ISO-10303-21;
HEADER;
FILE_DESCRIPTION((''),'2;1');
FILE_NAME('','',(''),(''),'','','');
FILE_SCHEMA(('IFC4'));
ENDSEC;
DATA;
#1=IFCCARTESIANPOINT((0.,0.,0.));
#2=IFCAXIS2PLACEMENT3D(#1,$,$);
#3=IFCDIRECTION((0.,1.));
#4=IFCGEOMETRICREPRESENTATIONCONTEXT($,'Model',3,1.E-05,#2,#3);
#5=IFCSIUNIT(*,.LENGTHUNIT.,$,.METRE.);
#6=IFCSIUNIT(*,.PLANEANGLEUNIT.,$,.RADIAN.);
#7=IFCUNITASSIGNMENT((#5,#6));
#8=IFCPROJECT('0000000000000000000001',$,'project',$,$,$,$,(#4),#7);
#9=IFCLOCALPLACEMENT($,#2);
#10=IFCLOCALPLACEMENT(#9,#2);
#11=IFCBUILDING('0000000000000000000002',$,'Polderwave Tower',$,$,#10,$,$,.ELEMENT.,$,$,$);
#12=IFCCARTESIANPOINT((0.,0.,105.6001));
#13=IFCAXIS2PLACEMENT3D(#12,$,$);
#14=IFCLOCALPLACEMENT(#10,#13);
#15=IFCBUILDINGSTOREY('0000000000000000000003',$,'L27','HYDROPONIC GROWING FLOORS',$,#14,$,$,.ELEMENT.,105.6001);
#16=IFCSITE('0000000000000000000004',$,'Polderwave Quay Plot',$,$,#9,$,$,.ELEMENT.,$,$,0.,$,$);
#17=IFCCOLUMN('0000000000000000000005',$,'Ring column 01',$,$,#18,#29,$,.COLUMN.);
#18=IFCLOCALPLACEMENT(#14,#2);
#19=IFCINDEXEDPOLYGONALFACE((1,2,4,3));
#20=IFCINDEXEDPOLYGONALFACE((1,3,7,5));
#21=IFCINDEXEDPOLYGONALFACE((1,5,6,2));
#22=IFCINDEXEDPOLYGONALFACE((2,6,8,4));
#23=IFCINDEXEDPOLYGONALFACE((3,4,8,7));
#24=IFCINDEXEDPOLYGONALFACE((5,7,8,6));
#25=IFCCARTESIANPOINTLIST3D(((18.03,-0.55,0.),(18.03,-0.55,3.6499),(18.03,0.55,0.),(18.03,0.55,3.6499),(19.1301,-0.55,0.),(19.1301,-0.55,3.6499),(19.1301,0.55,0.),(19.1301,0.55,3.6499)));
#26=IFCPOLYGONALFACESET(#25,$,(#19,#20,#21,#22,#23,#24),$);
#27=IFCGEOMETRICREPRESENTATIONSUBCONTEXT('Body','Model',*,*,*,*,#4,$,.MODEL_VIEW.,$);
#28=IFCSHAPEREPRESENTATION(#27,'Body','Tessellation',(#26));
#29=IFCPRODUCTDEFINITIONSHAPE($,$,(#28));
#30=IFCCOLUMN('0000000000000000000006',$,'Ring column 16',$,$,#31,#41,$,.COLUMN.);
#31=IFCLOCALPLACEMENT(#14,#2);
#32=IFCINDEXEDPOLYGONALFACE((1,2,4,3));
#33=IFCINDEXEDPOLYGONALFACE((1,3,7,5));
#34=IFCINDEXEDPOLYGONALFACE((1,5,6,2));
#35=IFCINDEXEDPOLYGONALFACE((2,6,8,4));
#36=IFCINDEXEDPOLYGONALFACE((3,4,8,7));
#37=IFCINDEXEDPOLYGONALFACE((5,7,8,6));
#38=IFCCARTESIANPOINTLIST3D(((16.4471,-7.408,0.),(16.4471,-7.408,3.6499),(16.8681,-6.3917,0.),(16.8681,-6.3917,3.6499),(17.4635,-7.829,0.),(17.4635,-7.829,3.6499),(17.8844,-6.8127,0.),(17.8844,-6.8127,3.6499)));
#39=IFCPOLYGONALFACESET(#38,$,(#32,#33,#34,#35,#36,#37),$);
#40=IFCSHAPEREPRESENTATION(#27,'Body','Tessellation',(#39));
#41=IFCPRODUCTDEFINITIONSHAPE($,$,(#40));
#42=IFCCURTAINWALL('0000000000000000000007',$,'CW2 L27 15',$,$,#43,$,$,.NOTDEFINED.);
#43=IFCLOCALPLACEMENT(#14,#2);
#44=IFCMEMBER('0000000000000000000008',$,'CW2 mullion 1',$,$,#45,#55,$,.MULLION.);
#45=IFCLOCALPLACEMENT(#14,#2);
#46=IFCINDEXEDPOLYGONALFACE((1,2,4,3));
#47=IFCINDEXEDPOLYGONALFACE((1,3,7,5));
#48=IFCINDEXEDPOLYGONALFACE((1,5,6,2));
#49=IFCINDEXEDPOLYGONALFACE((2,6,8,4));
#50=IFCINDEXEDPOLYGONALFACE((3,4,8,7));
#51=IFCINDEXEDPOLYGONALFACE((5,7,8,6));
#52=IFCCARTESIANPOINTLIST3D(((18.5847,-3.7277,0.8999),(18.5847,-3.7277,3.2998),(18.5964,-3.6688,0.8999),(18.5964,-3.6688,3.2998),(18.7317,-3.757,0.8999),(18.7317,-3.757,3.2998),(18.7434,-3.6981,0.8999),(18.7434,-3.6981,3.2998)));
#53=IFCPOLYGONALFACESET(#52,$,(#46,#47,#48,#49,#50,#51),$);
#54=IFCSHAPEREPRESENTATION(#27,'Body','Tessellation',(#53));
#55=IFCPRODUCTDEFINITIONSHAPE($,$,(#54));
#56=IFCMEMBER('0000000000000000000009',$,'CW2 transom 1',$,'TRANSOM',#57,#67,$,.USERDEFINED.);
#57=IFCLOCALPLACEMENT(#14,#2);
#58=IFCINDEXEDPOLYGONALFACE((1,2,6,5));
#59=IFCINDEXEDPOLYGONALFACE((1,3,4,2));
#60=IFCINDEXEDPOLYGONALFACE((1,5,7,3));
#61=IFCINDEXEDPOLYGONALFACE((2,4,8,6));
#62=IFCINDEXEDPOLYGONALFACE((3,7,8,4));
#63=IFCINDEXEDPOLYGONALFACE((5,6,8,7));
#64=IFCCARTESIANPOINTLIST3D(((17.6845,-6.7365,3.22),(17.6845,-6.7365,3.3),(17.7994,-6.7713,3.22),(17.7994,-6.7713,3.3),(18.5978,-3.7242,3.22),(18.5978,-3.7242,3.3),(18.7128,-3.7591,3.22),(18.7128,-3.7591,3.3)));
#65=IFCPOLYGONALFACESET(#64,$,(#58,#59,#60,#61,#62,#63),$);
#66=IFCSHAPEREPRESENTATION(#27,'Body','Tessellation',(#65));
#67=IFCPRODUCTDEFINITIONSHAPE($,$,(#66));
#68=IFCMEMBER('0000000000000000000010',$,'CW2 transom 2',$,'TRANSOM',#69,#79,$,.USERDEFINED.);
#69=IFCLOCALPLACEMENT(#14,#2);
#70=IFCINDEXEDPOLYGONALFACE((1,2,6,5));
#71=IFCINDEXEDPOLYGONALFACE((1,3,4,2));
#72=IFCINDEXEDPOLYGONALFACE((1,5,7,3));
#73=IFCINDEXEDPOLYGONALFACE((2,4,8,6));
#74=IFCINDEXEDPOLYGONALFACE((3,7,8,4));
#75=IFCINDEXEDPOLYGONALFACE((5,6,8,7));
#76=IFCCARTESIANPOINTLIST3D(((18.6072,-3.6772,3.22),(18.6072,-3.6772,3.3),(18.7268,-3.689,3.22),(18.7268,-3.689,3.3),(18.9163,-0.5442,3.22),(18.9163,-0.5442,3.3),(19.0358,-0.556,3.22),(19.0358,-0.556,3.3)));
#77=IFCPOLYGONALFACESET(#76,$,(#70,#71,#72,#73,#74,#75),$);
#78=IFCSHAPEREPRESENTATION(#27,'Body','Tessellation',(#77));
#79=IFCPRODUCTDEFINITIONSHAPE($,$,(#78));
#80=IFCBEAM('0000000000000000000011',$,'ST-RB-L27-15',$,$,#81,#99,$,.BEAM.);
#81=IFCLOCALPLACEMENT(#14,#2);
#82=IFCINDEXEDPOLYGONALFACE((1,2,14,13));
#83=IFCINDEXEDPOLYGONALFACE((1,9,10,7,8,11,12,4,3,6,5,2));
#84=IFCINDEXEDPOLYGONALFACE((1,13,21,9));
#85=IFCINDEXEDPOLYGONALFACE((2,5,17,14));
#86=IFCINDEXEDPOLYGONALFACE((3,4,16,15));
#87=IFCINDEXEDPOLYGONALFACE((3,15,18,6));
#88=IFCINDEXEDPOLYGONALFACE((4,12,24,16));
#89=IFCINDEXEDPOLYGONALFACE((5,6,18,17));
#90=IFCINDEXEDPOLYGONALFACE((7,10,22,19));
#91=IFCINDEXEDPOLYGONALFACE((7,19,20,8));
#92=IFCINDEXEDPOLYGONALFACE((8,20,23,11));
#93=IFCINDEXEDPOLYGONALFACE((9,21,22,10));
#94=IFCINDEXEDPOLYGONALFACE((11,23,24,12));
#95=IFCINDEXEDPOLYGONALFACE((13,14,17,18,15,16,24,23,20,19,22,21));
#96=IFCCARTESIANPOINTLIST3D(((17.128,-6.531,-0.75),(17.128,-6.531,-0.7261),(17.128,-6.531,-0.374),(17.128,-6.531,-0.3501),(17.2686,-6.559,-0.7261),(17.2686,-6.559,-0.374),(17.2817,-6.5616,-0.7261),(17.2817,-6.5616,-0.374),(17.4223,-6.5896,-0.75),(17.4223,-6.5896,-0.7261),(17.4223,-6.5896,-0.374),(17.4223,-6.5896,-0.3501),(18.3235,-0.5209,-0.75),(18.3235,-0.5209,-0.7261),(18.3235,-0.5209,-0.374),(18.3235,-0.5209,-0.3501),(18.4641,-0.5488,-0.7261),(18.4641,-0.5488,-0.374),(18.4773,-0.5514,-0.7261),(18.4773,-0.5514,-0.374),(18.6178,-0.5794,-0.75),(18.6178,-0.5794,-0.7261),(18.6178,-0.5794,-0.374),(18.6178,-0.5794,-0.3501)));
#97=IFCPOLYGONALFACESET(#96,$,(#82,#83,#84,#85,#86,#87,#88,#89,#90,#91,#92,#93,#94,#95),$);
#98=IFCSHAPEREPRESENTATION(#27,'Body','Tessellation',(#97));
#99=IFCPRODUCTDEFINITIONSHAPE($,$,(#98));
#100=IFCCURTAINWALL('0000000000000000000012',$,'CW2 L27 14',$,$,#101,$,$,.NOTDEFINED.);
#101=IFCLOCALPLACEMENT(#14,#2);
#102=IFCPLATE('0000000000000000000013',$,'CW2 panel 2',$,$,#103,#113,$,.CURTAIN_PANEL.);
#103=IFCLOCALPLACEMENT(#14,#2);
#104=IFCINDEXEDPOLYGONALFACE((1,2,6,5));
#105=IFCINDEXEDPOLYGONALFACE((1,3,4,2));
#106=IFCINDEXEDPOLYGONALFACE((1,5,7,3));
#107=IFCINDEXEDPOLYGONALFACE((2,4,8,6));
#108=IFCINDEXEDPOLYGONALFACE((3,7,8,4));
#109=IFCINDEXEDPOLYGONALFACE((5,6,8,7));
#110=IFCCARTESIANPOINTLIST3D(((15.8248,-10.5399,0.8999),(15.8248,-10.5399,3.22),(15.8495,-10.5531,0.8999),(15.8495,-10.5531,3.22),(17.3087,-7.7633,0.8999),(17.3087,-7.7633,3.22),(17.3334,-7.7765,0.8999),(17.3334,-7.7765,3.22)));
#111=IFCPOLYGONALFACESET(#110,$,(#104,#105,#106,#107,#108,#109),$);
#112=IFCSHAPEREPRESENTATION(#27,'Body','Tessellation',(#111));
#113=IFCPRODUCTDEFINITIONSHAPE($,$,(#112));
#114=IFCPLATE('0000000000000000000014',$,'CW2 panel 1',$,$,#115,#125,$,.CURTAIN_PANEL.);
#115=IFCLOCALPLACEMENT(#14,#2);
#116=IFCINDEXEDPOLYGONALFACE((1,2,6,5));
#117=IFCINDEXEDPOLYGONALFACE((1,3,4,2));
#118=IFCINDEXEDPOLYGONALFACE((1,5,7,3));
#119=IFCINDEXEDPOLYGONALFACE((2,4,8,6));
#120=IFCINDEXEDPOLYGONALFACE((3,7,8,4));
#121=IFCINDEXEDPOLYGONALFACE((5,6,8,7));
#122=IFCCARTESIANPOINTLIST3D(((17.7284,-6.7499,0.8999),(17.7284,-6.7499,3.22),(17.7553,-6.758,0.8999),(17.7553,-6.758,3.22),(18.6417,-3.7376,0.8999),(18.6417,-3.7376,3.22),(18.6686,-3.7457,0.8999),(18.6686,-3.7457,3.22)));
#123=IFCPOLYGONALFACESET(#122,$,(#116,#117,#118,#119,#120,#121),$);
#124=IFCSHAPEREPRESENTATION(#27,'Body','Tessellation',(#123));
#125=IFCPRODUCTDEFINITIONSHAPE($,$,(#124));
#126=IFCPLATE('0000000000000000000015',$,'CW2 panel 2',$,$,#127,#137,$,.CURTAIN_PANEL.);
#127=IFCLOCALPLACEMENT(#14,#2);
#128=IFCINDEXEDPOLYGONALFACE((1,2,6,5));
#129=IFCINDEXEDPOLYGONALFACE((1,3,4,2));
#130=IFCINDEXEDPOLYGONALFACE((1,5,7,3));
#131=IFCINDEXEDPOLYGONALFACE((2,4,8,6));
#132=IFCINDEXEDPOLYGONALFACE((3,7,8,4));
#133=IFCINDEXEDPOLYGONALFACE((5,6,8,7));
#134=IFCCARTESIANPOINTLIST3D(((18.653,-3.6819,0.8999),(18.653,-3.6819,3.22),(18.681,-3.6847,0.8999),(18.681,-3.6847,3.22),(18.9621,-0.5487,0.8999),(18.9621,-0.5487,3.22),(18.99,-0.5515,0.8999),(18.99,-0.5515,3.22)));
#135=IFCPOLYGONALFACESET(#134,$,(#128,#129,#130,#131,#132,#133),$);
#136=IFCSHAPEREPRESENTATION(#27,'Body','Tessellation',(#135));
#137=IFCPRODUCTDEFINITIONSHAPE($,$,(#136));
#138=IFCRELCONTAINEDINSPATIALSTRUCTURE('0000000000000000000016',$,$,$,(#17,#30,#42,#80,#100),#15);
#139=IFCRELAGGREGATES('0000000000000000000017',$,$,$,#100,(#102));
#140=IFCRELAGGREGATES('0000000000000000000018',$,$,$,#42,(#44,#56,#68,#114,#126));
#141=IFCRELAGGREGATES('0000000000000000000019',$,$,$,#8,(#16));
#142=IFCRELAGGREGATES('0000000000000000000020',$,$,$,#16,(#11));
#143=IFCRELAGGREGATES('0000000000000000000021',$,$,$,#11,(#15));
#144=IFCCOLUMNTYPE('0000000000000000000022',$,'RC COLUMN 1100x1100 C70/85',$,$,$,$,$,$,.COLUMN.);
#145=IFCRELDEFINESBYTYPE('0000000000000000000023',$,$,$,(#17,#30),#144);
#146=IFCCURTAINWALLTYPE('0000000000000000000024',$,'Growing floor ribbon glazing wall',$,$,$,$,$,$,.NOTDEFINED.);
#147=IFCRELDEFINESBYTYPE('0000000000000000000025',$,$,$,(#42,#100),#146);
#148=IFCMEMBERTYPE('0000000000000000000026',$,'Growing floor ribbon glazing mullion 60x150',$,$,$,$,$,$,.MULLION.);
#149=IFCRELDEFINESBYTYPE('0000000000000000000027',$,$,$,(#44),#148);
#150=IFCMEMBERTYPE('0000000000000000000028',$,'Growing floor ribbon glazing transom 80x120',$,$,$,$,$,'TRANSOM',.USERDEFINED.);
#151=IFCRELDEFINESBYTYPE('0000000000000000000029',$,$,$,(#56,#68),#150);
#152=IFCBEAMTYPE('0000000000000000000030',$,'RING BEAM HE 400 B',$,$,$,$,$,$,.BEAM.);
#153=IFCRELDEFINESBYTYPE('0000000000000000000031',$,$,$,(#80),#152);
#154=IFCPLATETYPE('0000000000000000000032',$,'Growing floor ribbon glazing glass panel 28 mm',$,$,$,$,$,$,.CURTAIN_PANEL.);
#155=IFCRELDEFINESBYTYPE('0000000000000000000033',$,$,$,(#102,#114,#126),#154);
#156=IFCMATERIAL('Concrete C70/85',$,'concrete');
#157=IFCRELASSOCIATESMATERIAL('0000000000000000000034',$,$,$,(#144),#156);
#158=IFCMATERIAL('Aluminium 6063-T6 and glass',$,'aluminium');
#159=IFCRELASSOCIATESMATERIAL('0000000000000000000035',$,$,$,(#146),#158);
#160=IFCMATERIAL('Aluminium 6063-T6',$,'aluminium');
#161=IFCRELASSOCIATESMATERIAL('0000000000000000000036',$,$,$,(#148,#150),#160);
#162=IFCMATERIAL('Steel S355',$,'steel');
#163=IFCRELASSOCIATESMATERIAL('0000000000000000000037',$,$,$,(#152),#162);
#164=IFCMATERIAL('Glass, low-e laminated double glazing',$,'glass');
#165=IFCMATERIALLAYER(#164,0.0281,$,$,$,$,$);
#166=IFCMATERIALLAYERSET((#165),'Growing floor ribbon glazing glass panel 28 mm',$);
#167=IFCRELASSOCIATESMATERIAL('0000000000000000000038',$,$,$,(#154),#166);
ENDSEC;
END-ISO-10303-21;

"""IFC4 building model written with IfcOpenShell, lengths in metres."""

from ifc_helpers import new_model, si_unit, direction, frame, origin, origin_2d, place, context, subcontext, project, spatial, rectangle, i_section, extrude, material, layer, layer_set, material_profile, profile_set, type_object, element, aggregate, save


model = new_model("IFC4")

# Units and contexts
model_context = context("Model", 3, precision=1e-05, world=origin(), true_north=direction((0.0, 1.0)))
body_context = subcontext(model_context, "Body", "Model", "MODEL_VIEW")
ifc_project = project(units=[si_unit("LENGTHUNIT", "METRE"), si_unit("PLANEANGLEUNIT", "RADIAN")], contexts=[model_context])

# Site, building, storey
site_placement = place(None, origin())
site = spatial("IfcSite", under=ifc_project, at=site_placement, Name="Polderwave Quay Plot", CompositionType="ELEMENT", RefElevation=0.0)
building_placement = place(site_placement, origin())
building = spatial("IfcBuilding", under=site, at=building_placement, Name="Polderwave Tower", CompositionType="ELEMENT")
storey_placement = place(building_placement, frame((0.0, 0.0, 105.6001)))
storey = spatial("IfcBuildingStorey", under=building, at=storey_placement, Name="L27", Description="HYDROPONIC GROWING FLOORS", CompositionType="ELEMENT", Elevation=105.6001)

# Columns
ifc_material_1 = material(Name="Concrete C70/85", Category="concrete")
ifc_material_profile_1 = material_profile(ifc_material_1, rectangle(XDim=1.1001, YDim=1.1001, at=origin_2d()), Name="RC 1100x1100")
ifc_profile_set_1 = profile_set([ifc_material_profile_1], Name="Concrete C70/85")
column_type = type_object("IfcColumnType", Name="RC COLUMN 1100x1100 C70/85", PredefinedType="COLUMN", material=ifc_profile_set_1)
for number, where, z_axis, x_axis, name in (
    (1, (18.5801, 0.0, 0.0), (0.0, 0.0, 1.0), (1.0, 0.0, 0.0), "Ring column 01"),
    (2, (17.1658, -7.1104, 0.0), (0.0, 0.0, 1.0), (0.92388, -0.382683, 0.0), "Ring column 16"),
):
    element("IfcColumn", number, at=place(storey_placement, frame(where, z_axis=z_axis, x_axis=x_axis)), inside=storey, type_object=column_type, Name=name, PredefinedType="COLUMN", context=body_context, shape_type="SweptSolid", body=[
        extrude(rectangle(XDim=1.1001, YDim=1.1001, at=origin_2d()), origin(), (0.0, 0.0, 1.0), 3.6499),
    ])

# Curtain wall, members
ifc_material_2 = material(Name="Aluminium 6063-T6 and glass", Category="aluminium")
curtain_wall_type = type_object("IfcCurtainWallType", Name="Growing floor ribbon glazing wall", PredefinedType="NOTDEFINED", material=ifc_material_2)
curtain_wall_1_placement = place(storey_placement, origin())
curtain_wall_1 = element("IfcCurtainWall", 3, at=curtain_wall_1_placement, inside=storey, type_object=curtain_wall_type, Name="CW2 L27 15", PredefinedType="NOTDEFINED")
ifc_material_3 = material(Name="Aluminium 6063-T6", Category="aluminium")
ifc_material_profile_2 = material_profile(ifc_material_3, rectangle(XDim=0.1499, YDim=0.0601, at=origin_2d()), Name="AL 60x150")
ifc_profile_set_2 = profile_set([ifc_material_profile_2], Name="Aluminium 6063-T6")
member_type_1 = type_object("IfcMemberType", Name="Growing floor ribbon glazing mullion 60x150", PredefinedType="MULLION", material=ifc_profile_set_2)
member_1_placement = place(storey_placement, frame((18.6641, -3.7129, 0.8999), z_axis=(0.0, 0.0, 1.0), x_axis=(-0.980785, 0.195092, 0.0)))
member_1 = element("IfcMember", 4, at=member_1_placement, type_object=member_type_1, Name="CW2 mullion 1", PredefinedType="MULLION", context=body_context, shape_type="SweptSolid", body=[
    extrude(rectangle(XDim=0.1499, YDim=0.0601, at=origin_2d()), origin(), (0.0, 0.0, 1.0), 2.3999),
])
ifc_material_profile_3 = material_profile(ifc_material_3, rectangle(XDim=0.1201, YDim=0.0801, at=origin_2d()), Name="AL 80x120")
ifc_profile_set_3 = profile_set([ifc_material_profile_3], Name="Aluminium 6063-T6")
member_type_2 = type_object("IfcMemberType", Name="Growing floor ribbon glazing transom 80x120", ElementType="TRANSOM", PredefinedType="USERDEFINED", material=ifc_profile_set_3)
member_2_placement = place(storey_placement, frame((17.7419, -6.7539, 3.26), z_axis=(0.290165, 0.956977, 0.0), x_axis=(-0.956977, 0.290165, 0.0)))
member_2 = element("IfcMember", 5, at=member_2_placement, type_object=member_type_2, Name="CW2 transom 1", ObjectType="TRANSOM", PredefinedType="USERDEFINED", context=body_context, shape_type="SweptSolid", body=[
    extrude(rectangle(XDim=0.1201, YDim=0.0801, at=origin_2d()), origin(), (0.0, 0.0, 1.0), 3.1477),
])
member_3_placement = place(storey_placement, frame((18.667, -3.6831, 3.26), z_axis=(0.098175, 0.995169, 0.0), x_axis=(-0.995169, 0.098175, 0.0)))
member_3 = element("IfcMember", 6, at=member_3_placement, type_object=member_type_2, Name="CW2 transom 2", ObjectType="TRANSOM", PredefinedType="USERDEFINED", context=body_context, shape_type="SweptSolid", body=[
    extrude(rectangle(XDim=0.1201, YDim=0.0801, at=origin_2d()), origin(), (0.0, 0.0, 1.0), 3.1482),
])

# Beam
ifc_material_4 = material(Name="Steel S355", Category="steel")
ifc_material_profile_4 = material_profile(ifc_material_4, i_section(OverallWidth=0.3, OverallDepth=0.3999, WebThickness=0.0134, FlangeThickness=0.0239, at=origin_2d()), Name="HE 400 B")
ifc_profile_set_4 = profile_set([ifc_material_profile_4], Name="Steel S355")
beam_type = type_object("IfcBeamType", Name="RING BEAM HE 400 B", PredefinedType="BEAM", material=ifc_profile_set_4)
beam_placement = place(storey_placement, frame((17.2751, -6.5603, -0.55), z_axis=(0.195097, 0.980784, 0.0), x_axis=(-0.980784, 0.195097, 0.0)))
element("IfcBeam", 7, at=beam_placement, inside=storey, type_object=beam_type, Name="ST-RB-L27-15", PredefinedType="BEAM", context=body_context, shape_type="SweptSolid", body=[
    extrude(i_section(OverallWidth=0.3, OverallDepth=0.3999, WebThickness=0.0134, FlangeThickness=0.0239, at=origin_2d()), origin(), (0.0, 0.0, 1.0), 6.1279),
])

# Curtain wall, plate
curtain_wall_2_placement = place(storey_placement, origin())
curtain_wall_2 = element("IfcCurtainWall", 8, at=curtain_wall_2_placement, inside=storey, type_object=curtain_wall_type, Name="CW2 L27 14", PredefinedType="NOTDEFINED")
ifc_material_5 = material(Name="Glass, low-e laminated double glazing", Category="glass")
ifc_layer_1 = layer(ifc_material_5, 0.0281)
ifc_layer_set_1 = layer_set([ifc_layer_1], Name="Growing floor ribbon glazing glass panel 28 mm")
plate_type = type_object("IfcPlateType", Name="Growing floor ribbon glazing glass panel 28 mm", PredefinedType="CURTAIN_PANEL", material=ifc_layer_set_1)
plate_1_placement = place(storey_placement, frame((16.5791, -9.1582, 0.8999), z_axis=(0.0, 0.0, 1.0), x_axis=(0.47134, 0.881952, 0.0)))
plate_1 = element("IfcPlate", 9, at=plate_1_placement, type_object=plate_type, Name="CW2 panel 2", PredefinedType="CURTAIN_PANEL", context=body_context, shape_type="SweptSolid", body=[
    extrude(rectangle(XDim=3.1482, YDim=0.0281, at=origin_2d()), origin(), (0.0, 0.0, 1.0), 2.3201),
])
aggregate(curtain_wall_2, [plate_1])

# Plates
plate_2_placement = place(storey_placement, frame((18.1985, -5.2478, 0.8999), z_axis=(0.0, 0.0, 1.0), x_axis=(0.290148, 0.956982, 0.0)))
plate_2 = element("IfcPlate", 10, at=plate_2_placement, type_object=plate_type, Name="CW2 panel 1", PredefinedType="CURTAIN_PANEL", context=body_context, shape_type="SweptSolid", body=[
    extrude(rectangle(XDim=3.1477, YDim=0.0281, at=origin_2d()), origin(), (0.0, 0.0, 1.0), 2.3201),
])
plate_3_placement = place(storey_placement, frame((18.8215, -2.1167, 0.8999), z_axis=(0.0, 0.0, 1.0), x_axis=(0.098165, 0.99517, 0.0)))
plate_3 = element("IfcPlate", 11, at=plate_3_placement, type_object=plate_type, Name="CW2 panel 2", PredefinedType="CURTAIN_PANEL", context=body_context, shape_type="SweptSolid", body=[
    extrude(rectangle(XDim=3.1484, YDim=0.0281, at=origin_2d()), origin(), (0.0, 0.0, 1.0), 2.3201),
])
aggregate(curtain_wall_1, [member_1, member_2, member_3, plate_2, plate_3])

save(model, "model.ifc")
